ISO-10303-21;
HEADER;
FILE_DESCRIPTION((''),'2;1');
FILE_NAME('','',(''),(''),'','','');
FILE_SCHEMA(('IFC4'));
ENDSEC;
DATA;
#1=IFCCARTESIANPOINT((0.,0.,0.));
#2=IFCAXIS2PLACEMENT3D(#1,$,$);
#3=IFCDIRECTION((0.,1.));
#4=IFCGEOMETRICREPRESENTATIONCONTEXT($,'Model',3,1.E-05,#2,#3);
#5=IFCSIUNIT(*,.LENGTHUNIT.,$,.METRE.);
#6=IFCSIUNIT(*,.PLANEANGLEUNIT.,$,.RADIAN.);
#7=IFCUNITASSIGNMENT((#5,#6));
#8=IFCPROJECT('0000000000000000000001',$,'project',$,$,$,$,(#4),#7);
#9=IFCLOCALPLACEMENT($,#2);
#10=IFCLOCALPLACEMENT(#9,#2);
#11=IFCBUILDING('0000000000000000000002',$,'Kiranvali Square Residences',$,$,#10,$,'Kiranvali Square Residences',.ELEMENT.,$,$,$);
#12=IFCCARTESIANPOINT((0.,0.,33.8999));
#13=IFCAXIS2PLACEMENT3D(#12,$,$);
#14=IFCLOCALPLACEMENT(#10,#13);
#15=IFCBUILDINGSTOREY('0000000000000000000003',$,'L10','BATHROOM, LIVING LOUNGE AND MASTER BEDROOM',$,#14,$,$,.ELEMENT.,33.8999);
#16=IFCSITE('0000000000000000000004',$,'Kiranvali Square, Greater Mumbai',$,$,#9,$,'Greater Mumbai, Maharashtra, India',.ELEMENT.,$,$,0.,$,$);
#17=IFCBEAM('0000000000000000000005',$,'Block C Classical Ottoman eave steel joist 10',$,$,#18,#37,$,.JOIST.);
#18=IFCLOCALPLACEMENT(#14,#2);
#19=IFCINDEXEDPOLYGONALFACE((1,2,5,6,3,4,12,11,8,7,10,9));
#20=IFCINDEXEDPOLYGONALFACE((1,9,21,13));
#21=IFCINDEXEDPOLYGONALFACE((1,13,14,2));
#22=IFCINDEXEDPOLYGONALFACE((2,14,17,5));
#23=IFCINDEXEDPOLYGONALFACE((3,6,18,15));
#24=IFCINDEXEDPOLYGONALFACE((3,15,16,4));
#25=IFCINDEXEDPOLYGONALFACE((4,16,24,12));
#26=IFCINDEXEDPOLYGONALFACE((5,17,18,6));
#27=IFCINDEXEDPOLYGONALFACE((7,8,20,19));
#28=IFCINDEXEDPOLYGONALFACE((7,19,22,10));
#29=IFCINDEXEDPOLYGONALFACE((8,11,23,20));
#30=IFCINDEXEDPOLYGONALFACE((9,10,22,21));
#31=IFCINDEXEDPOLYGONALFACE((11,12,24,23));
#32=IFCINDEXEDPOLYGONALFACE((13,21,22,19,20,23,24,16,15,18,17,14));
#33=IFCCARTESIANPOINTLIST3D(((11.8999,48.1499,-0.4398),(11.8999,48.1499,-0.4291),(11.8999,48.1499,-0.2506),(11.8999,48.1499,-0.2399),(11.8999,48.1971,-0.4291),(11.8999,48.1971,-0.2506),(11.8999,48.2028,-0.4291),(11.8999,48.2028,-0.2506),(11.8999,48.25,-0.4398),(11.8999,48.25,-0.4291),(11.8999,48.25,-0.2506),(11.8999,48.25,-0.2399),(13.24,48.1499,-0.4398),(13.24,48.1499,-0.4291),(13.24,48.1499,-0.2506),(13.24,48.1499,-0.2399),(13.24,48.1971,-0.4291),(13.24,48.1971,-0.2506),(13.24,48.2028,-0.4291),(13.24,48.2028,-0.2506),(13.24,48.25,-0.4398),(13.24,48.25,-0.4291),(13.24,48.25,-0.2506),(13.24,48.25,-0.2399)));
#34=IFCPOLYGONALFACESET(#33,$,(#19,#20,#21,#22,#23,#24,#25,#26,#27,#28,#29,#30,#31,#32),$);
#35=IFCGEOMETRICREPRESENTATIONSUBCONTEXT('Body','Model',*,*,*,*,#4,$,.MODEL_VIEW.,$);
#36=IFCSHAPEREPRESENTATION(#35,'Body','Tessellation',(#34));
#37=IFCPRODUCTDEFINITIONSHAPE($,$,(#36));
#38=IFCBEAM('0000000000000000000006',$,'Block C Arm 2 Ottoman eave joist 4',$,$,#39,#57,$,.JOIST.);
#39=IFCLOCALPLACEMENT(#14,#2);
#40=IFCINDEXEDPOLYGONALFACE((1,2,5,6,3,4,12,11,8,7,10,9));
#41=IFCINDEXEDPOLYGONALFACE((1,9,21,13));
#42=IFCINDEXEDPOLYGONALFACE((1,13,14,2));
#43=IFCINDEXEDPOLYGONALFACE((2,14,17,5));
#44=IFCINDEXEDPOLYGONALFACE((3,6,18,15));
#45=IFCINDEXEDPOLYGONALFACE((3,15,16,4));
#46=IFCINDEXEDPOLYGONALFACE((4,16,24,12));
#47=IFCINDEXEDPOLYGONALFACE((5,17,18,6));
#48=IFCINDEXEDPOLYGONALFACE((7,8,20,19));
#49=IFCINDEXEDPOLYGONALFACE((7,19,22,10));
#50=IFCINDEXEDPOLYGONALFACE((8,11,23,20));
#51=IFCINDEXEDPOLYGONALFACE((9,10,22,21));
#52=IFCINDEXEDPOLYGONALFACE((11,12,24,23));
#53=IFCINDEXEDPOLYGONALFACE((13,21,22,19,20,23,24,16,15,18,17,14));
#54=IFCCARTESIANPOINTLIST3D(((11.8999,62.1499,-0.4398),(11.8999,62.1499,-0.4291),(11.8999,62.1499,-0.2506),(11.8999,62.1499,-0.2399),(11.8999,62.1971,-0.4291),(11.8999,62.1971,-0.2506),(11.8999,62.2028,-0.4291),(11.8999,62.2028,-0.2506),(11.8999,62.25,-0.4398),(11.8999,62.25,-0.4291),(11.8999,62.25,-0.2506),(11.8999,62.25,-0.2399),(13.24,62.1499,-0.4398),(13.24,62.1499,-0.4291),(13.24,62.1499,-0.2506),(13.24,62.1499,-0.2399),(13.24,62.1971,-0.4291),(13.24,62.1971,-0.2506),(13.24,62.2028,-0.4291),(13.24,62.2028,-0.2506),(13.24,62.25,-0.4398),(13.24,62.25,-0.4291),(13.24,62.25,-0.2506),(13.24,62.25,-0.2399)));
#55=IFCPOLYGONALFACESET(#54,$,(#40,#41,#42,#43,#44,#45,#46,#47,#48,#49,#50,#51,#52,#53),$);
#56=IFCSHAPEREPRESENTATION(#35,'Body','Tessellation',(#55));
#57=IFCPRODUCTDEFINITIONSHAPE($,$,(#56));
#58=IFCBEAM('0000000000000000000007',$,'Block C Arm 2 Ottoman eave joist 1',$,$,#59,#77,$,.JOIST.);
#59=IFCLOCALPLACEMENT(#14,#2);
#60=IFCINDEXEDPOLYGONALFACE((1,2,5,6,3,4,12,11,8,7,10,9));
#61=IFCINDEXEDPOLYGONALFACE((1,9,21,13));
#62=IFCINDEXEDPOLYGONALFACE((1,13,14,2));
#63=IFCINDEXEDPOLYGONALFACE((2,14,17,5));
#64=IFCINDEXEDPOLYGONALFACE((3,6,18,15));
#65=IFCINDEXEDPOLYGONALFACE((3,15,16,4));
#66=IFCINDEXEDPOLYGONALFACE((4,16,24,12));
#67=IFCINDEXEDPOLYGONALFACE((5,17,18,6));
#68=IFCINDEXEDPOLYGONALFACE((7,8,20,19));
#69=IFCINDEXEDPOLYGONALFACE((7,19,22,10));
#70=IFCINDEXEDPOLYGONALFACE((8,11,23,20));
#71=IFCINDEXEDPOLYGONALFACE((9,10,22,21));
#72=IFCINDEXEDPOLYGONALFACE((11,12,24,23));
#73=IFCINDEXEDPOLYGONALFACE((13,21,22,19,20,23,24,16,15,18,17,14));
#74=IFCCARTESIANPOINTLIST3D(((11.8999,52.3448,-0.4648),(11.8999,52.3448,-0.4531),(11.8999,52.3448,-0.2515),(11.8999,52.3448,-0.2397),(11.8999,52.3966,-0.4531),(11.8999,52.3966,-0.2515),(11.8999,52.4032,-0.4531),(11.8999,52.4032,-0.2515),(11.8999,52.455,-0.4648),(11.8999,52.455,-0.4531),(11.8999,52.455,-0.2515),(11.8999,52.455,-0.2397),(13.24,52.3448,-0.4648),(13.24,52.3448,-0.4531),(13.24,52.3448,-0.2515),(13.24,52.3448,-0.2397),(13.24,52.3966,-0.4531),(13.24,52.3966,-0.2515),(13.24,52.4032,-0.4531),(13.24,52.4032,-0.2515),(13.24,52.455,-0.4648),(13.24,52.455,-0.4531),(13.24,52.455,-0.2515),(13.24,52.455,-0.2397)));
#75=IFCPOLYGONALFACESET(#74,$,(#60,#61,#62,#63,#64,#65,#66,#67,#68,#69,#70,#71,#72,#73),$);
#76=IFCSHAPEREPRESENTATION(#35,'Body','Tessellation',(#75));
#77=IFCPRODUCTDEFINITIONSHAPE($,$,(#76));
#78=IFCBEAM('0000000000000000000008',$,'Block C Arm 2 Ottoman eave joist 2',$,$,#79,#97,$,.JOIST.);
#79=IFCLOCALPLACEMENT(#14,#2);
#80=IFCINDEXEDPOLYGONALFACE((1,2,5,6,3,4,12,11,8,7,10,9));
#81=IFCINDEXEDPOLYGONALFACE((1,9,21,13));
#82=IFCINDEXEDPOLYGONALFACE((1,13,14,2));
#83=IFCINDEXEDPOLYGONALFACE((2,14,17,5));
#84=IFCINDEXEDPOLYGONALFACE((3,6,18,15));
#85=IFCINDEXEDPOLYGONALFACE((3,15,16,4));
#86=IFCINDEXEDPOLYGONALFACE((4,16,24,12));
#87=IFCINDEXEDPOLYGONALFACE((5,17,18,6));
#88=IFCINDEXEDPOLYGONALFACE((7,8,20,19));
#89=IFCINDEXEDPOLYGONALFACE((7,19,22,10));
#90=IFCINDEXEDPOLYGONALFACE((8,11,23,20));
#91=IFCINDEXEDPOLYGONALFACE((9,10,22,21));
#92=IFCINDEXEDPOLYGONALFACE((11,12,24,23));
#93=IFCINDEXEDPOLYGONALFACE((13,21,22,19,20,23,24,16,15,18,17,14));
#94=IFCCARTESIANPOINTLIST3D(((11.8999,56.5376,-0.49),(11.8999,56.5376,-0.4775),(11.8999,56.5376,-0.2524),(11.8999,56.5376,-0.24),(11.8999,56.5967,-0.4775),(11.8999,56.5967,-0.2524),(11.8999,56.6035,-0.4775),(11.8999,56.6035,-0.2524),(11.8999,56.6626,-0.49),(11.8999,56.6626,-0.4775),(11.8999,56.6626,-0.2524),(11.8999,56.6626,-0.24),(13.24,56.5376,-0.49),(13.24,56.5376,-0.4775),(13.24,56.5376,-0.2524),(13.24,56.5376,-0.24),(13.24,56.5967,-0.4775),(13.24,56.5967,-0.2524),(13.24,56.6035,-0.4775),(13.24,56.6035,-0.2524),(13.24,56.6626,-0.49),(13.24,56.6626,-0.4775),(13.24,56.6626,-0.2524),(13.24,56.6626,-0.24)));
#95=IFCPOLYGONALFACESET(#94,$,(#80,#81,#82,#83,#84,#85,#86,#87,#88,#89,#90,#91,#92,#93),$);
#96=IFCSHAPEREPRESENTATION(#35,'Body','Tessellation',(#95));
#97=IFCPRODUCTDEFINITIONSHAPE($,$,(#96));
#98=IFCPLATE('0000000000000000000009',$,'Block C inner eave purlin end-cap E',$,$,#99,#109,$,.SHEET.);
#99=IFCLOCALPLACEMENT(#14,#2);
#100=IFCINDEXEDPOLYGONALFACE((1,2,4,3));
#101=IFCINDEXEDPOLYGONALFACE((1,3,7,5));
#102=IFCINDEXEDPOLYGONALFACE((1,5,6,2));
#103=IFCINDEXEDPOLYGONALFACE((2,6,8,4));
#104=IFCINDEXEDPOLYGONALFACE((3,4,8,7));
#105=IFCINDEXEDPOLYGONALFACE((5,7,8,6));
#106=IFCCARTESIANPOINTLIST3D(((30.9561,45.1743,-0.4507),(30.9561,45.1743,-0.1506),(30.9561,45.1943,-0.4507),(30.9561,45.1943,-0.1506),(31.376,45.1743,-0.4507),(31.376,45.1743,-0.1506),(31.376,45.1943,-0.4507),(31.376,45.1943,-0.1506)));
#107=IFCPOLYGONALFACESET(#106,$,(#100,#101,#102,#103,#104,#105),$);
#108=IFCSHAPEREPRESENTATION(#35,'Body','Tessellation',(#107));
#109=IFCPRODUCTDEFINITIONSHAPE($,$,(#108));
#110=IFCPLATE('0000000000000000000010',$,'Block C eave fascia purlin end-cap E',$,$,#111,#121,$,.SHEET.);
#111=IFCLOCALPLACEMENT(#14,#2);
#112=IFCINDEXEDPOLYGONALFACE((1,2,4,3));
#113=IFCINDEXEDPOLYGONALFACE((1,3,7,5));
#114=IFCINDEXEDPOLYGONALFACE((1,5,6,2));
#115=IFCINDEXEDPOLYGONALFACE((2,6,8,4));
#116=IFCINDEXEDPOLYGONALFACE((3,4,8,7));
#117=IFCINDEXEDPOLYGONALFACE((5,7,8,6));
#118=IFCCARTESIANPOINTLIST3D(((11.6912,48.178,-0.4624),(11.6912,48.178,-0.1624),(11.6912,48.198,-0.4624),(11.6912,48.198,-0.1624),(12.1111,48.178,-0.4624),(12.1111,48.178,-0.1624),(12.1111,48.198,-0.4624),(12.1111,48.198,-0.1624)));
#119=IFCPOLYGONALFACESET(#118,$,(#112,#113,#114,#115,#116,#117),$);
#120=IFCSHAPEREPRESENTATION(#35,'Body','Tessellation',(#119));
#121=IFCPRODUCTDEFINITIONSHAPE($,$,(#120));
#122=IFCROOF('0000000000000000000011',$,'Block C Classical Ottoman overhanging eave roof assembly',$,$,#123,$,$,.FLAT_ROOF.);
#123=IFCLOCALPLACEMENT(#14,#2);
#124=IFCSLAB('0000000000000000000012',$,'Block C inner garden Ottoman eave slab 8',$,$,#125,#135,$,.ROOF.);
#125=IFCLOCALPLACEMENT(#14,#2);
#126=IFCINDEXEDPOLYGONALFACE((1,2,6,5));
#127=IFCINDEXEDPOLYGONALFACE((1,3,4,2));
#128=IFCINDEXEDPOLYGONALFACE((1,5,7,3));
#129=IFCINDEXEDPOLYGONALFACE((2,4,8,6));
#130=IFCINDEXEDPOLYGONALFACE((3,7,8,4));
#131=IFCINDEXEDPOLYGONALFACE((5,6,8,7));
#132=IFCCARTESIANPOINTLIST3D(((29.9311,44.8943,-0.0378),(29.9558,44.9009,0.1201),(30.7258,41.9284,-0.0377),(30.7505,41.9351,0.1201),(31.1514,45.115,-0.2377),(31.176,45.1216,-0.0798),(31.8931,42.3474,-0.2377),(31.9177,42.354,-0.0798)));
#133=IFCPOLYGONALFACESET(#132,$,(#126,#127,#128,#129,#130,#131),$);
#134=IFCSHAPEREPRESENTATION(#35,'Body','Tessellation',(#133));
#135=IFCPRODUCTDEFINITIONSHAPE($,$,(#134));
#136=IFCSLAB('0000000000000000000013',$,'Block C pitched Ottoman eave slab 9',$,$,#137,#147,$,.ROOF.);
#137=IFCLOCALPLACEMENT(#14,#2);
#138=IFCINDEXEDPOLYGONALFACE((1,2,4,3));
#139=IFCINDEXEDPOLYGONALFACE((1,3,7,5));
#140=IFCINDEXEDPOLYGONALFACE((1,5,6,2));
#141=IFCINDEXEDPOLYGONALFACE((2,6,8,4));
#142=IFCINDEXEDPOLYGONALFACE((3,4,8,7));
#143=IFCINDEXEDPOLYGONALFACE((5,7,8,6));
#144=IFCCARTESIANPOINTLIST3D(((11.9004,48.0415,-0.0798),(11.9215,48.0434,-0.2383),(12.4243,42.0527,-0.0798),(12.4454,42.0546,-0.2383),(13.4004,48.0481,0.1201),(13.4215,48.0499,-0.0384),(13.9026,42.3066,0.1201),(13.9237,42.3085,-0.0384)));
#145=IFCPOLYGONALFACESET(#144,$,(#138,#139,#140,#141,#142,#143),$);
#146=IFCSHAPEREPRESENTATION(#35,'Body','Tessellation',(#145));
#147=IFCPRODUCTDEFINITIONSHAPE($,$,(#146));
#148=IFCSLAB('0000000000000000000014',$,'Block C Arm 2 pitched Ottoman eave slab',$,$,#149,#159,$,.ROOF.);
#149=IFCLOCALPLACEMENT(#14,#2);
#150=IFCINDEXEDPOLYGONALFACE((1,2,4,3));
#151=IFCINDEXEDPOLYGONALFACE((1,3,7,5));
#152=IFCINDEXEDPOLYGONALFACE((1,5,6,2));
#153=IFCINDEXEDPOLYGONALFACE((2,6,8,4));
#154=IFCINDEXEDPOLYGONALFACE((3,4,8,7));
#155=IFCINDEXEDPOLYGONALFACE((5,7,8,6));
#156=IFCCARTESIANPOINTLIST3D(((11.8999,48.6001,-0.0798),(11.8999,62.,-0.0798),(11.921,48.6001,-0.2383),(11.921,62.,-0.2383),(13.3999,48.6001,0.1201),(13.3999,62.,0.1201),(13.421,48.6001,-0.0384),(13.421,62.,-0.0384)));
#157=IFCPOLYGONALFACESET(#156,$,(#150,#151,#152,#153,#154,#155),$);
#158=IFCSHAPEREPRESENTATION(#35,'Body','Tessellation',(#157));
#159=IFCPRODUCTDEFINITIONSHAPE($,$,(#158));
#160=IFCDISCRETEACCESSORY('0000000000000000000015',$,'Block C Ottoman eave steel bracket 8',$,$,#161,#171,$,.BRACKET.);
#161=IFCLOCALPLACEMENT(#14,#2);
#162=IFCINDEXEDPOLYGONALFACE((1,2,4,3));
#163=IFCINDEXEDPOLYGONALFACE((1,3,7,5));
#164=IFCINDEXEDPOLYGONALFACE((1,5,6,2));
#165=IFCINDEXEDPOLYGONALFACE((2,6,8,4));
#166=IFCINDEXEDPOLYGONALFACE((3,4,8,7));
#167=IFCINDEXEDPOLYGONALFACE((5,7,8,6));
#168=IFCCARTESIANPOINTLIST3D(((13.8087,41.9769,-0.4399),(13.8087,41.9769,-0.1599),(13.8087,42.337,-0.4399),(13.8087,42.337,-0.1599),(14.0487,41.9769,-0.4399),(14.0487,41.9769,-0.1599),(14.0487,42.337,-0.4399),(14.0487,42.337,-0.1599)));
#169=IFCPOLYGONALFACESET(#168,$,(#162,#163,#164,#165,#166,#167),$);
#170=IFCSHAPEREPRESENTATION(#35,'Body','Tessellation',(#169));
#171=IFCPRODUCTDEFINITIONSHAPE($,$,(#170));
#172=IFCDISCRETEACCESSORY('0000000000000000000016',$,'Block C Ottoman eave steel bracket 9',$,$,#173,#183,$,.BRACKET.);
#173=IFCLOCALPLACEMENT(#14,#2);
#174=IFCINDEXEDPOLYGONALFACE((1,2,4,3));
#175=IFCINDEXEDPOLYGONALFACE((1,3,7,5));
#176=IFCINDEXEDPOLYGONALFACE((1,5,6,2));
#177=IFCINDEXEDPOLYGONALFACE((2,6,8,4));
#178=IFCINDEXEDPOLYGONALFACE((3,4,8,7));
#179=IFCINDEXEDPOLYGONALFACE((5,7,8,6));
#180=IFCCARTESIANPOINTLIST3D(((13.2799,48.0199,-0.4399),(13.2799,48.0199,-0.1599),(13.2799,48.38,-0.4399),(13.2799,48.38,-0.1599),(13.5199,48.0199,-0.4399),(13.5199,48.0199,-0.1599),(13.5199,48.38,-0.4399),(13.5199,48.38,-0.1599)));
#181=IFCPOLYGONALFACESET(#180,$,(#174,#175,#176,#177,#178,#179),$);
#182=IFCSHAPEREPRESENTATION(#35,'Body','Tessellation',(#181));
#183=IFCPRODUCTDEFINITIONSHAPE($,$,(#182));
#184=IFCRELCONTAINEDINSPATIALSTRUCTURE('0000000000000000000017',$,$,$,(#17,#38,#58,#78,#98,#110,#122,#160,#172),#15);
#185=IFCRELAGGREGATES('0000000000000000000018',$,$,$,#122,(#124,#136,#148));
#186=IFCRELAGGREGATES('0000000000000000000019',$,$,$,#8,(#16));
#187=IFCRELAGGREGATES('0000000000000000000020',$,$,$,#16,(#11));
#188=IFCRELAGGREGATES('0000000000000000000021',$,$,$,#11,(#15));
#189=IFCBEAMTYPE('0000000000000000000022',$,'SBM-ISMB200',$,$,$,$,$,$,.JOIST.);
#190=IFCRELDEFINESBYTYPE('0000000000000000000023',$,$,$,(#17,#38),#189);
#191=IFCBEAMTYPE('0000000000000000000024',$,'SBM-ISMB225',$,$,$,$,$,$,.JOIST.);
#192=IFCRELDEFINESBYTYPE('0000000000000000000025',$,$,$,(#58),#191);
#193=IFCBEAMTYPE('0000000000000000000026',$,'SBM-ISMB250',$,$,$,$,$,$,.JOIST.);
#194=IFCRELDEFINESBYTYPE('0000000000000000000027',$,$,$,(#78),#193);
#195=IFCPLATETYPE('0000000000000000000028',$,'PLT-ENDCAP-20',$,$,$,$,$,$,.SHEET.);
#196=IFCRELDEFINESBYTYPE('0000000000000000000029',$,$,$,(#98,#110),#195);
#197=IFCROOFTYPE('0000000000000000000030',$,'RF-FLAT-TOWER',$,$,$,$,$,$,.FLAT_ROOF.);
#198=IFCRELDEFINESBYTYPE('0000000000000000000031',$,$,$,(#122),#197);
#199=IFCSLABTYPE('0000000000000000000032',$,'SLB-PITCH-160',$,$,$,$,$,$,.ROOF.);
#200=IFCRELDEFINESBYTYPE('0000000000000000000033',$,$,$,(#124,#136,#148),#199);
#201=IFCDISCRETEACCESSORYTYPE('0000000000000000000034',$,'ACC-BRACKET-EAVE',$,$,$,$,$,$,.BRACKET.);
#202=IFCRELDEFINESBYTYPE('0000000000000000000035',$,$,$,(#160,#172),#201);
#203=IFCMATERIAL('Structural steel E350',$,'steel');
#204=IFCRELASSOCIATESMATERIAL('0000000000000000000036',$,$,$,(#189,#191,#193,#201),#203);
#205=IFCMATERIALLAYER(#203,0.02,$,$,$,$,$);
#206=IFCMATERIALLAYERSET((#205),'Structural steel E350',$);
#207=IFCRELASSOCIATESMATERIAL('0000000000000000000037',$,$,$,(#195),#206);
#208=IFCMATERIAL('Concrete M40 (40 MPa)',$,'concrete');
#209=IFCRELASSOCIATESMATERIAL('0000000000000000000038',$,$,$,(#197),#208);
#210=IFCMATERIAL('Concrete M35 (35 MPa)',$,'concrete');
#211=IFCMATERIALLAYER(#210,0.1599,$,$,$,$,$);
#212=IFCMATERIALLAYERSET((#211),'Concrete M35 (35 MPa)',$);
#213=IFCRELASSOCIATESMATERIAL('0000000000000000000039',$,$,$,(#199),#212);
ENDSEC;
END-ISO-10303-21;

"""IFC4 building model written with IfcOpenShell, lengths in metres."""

from ifc_helpers import new_model, si_unit, direction, frame, origin, origin_2d, place, context, subcontext, project, spatial, polyline, rectangle, i_section, outline, extrude, material, layer, layer_set, material_profile, profile_set, type_object, element, aggregate, save


model = new_model("IFC4")

# Units and contexts
model_context = context("Model", 3, precision=1e-05, world=origin(), true_north=direction((0.0, 1.0)))
body_context = subcontext(model_context, "Body", "Model", "MODEL_VIEW")
ifc_project = project(units=[si_unit("LENGTHUNIT", "METRE"), si_unit("PLANEANGLEUNIT", "RADIAN")], contexts=[model_context])

# Site, building, storey
site_placement = place(None, origin())
site = spatial("IfcSite", under=ifc_project, at=site_placement, Name="Kiranvali Square, Greater Mumbai", LongName="Greater Mumbai, Maharashtra, India", CompositionType="ELEMENT", RefElevation=0.0)
building_placement = place(site_placement, origin())
building = spatial("IfcBuilding", under=site, at=building_placement, Name="Kiranvali Square Residences", LongName="Kiranvali Square Residences", CompositionType="ELEMENT")
storey_placement = place(building_placement, frame((0.0, 0.0, 33.8999)))
storey = spatial("IfcBuildingStorey", under=building, at=storey_placement, Name="L10", Description="BATHROOM, LIVING LOUNGE AND MASTER BEDROOM", CompositionType="ELEMENT", Elevation=33.8999)

# Shared definitions
ifc_material_1 = material(Name="Concrete M40 (40 MPa)", Category="concrete")

# Shared definitions
ifc_material_2 = material(Name="Structural steel E350", Category="steel")

# Beams
ifc_material_profile_1 = material_profile(ifc_material_2, i_section(OverallWidth=0.1001, OverallDepth=0.2, WebThickness=0.0056, FlangeThickness=0.0107, at=origin_2d()), Name="ISMB 200")
ifc_profile_set_1 = profile_set([ifc_material_profile_1], Name="Structural steel E350")
beam_type_1 = type_object("IfcBeamType", Name="SBM-ISMB200", PredefinedType="JOIST", material=ifc_profile_set_1)
for number, where, z_axis, x_axis, name in (
    (1, (13.24, 48.2, -0.3398), (-1.0, 0.0, 0.0), (0.0, -1.0, 0.0), "Block C Classical Ottoman eave steel joist 10"),
    (2, (13.24, 62.2, -0.3398), (-1.0, 0.0, 0.0), (0.0, -1.0, 0.0), "Block C Arm 2 Ottoman eave joist 4"),
):
    element("IfcBeam", number, at=place(storey_placement, frame(where, z_axis=z_axis, x_axis=x_axis)), inside=storey, type_object=beam_type_1, Name=name, PredefinedType="JOIST", context=body_context, shape_type="SweptSolid", body=[
        extrude(i_section(OverallWidth=0.1001, OverallDepth=0.2, WebThickness=0.0056, FlangeThickness=0.0107, at=origin_2d()), origin(), (0.0, 0.0, 1.0), 1.3401),
    ])
ifc_material_profile_2 = material_profile(ifc_material_2, i_section(OverallWidth=0.1101, OverallDepth=0.2251, WebThickness=0.0066, FlangeThickness=0.0117, at=origin_2d()), Name="ISMB 225")
ifc_profile_set_2 = profile_set([ifc_material_profile_2], Name="Structural steel E350")
beam_type_2 = type_object("IfcBeamType", Name="SBM-ISMB225", PredefinedType="JOIST", material=ifc_profile_set_2)
beam_1_placement = place(storey_placement, frame((13.24, 52.3999, -0.3523), z_axis=(-1.0, 0.0, 0.0), x_axis=(0.0, -1.0, 0.0)))
element("IfcBeam", 3, at=beam_1_placement, inside=storey, type_object=beam_type_2, Name="Block C Arm 2 Ottoman eave joist 1", PredefinedType="JOIST", context=body_context, shape_type="SweptSolid", body=[
    extrude(i_section(OverallWidth=0.1101, OverallDepth=0.2251, WebThickness=0.0066, FlangeThickness=0.0117, at=origin_2d()), origin(), (0.0, 0.0, 1.0), 1.3401),
])
ifc_material_profile_3 = material_profile(ifc_material_2, i_section(OverallWidth=0.125, OverallDepth=0.25, WebThickness=0.0068, FlangeThickness=0.0125, at=origin_2d()), Name="ISMB 250")
ifc_profile_set_3 = profile_set([ifc_material_profile_3], Name="Structural steel E350")
beam_type_3 = type_object("IfcBeamType", Name="SBM-ISMB250", PredefinedType="JOIST", material=ifc_profile_set_3)
beam_2_placement = place(storey_placement, frame((13.24, 56.6001, -0.365), z_axis=(-1.0, 0.0, 0.0), x_axis=(0.0, -1.0, 0.0)))
element("IfcBeam", 4, at=beam_2_placement, inside=storey, type_object=beam_type_3, Name="Block C Arm 2 Ottoman eave joist 2", PredefinedType="JOIST", context=body_context, shape_type="SweptSolid", body=[
    extrude(i_section(OverallWidth=0.125, OverallDepth=0.25, WebThickness=0.0068, FlangeThickness=0.0125, at=origin_2d()), origin(), (0.0, 0.0, 1.0), 1.3401),
])

# Plates
ifc_layer_1 = layer(ifc_material_2, 0.02)
ifc_layer_set_1 = layer_set([ifc_layer_1], Name="Structural steel E350")
plate_type = type_object("IfcPlateType", Name="PLT-ENDCAP-20", PredefinedType="SHEET", material=ifc_layer_set_1)
for number, where, z_axis, x_axis, name in (
    (5, (31.166, 45.1843, -0.4507), (0.0, 0.0, 1.0), (1.0, 0.0, 0.0), "Block C inner eave purlin end-cap E"),
    (6, (11.9011, 48.188, -0.4624), (0.0, 0.0, 1.0), (1.0, 0.0, 0.0), "Block C eave fascia purlin end-cap E"),
):
    element("IfcPlate", number, at=place(storey_placement, frame(where, z_axis=z_axis, x_axis=x_axis)), inside=storey, type_object=plate_type, Name=name, PredefinedType="SHEET", context=body_context, shape_type="SweptSolid", body=[
        extrude(rectangle(XDim=0.4199, YDim=0.02, at=origin_2d()), origin(), (0.0, 0.0, 1.0), 0.3),
    ])

# Roof, slabs
roof_type = type_object("IfcRoofType", Name="RF-FLAT-TOWER", PredefinedType="FLAT_ROOF", material=ifc_material_1)
roof_placement = place(storey_placement, origin())
roof = element("IfcRoof", 7, at=roof_placement, inside=storey, type_object=roof_type, Name="Block C Classical Ottoman overhanging eave roof assembly", PredefinedType="FLAT_ROOF")
ifc_material_3 = material(Name="Concrete M35 (35 MPa)", Category="concrete")
ifc_layer_2 = layer(ifc_material_3, 0.1599)
ifc_layer_set_2 = layer_set([ifc_layer_2], Name="Concrete M35 (35 MPa)")
slab_type = type_object("IfcSlabType", Name="SLB-PITCH-160", PredefinedType="ROOF", material=ifc_layer_set_2)
slab_1_placement = place(storey_placement, frame((30.7505, 41.9351, 0.1201), z_axis=(0.154275, 0.041341, 0.987163), x_axis=(-0.258816, 0.965927, -0.000004)))
slab_1 = element("IfcSlab", 8, at=slab_1_placement, type_object=slab_type, Name="Block C inner garden Ottoman eave slab 8", PredefinedType="ROOF", context=body_context, shape_type="SweptSolid", body=[
    extrude(outline(polyline([(0.0, 0.0), (3.0704, 0.0), (2.9678, -1.2518), (0.1026, -1.252), (0.0, 0.0)])), origin(), (0.0, 0.0, -1.0), 0.1599),
])
slab_2_placement = place(storey_placement, frame((13.9026, 42.3066, 0.1201), z_axis=(-0.132077, -0.011554, 0.991172), x_axis=(-0.087136, 0.996196, 0.000001)))
slab_2 = element("IfcSlab", 9, at=slab_2_placement, type_object=slab_type, Name="Block C pitched Ottoman eave slab 9", PredefinedType="ROOF", context=body_context, shape_type="SweptSolid", body=[
    extrude(outline(polyline([(0.0, 0.0), (5.7634, 0.0), (5.8875, 1.5082), (-0.1241, 1.5081), (0.0, 0.0)])), origin(), (0.0, 0.0, -1.0), 0.1599),
])
slab_3_placement = place(storey_placement, frame((13.3999, 48.6001, 0.1201), z_axis=(-0.132132, 0.0, 0.991232), x_axis=(0.0, 1.0, 0.0)))
slab_3 = element("IfcSlab", 10, at=slab_3_placement, type_object=slab_type, Name="Block C Arm 2 pitched Ottoman eave slab", PredefinedType="ROOF", context=body_context, shape_type="SweptSolid", body=[
    extrude(outline(polyline([(0.0, 0.0), (13.3999, 0.0), (13.3999, 1.5133), (0.0, 1.5133), (0.0, 0.0)])), origin(), (0.0, 0.0, -1.0), 0.1599),
])
aggregate(roof, [slab_1, slab_2, slab_3])

# Discrete accessories
discrete_accessory_type = type_object("IfcDiscreteAccessoryType", Name="ACC-BRACKET-EAVE", PredefinedType="BRACKET", material=ifc_material_2)
for number, where, z_axis, x_axis, name in (
    (11, (13.9287, 42.157, -0.4399), (0.0, 0.0, 1.0), (1.0, 0.0, 0.0), "Block C Ottoman eave steel bracket 8"),
    (12, (13.3999, 48.2, -0.4399), (0.0, 0.0, 1.0), (1.0, 0.0, 0.0), "Block C Ottoman eave steel bracket 9"),
):
    element("IfcDiscreteAccessory", number, at=place(storey_placement, frame(where, z_axis=z_axis, x_axis=x_axis)), inside=storey, type_object=discrete_accessory_type, Name=name, PredefinedType="BRACKET", context=body_context, shape_type="SweptSolid", body=[
        extrude(rectangle(XDim=0.24, YDim=0.3601, at=origin_2d()), origin(), (0.0, 0.0, 1.0), 0.28),
    ])

save(model, "model.ifc")
